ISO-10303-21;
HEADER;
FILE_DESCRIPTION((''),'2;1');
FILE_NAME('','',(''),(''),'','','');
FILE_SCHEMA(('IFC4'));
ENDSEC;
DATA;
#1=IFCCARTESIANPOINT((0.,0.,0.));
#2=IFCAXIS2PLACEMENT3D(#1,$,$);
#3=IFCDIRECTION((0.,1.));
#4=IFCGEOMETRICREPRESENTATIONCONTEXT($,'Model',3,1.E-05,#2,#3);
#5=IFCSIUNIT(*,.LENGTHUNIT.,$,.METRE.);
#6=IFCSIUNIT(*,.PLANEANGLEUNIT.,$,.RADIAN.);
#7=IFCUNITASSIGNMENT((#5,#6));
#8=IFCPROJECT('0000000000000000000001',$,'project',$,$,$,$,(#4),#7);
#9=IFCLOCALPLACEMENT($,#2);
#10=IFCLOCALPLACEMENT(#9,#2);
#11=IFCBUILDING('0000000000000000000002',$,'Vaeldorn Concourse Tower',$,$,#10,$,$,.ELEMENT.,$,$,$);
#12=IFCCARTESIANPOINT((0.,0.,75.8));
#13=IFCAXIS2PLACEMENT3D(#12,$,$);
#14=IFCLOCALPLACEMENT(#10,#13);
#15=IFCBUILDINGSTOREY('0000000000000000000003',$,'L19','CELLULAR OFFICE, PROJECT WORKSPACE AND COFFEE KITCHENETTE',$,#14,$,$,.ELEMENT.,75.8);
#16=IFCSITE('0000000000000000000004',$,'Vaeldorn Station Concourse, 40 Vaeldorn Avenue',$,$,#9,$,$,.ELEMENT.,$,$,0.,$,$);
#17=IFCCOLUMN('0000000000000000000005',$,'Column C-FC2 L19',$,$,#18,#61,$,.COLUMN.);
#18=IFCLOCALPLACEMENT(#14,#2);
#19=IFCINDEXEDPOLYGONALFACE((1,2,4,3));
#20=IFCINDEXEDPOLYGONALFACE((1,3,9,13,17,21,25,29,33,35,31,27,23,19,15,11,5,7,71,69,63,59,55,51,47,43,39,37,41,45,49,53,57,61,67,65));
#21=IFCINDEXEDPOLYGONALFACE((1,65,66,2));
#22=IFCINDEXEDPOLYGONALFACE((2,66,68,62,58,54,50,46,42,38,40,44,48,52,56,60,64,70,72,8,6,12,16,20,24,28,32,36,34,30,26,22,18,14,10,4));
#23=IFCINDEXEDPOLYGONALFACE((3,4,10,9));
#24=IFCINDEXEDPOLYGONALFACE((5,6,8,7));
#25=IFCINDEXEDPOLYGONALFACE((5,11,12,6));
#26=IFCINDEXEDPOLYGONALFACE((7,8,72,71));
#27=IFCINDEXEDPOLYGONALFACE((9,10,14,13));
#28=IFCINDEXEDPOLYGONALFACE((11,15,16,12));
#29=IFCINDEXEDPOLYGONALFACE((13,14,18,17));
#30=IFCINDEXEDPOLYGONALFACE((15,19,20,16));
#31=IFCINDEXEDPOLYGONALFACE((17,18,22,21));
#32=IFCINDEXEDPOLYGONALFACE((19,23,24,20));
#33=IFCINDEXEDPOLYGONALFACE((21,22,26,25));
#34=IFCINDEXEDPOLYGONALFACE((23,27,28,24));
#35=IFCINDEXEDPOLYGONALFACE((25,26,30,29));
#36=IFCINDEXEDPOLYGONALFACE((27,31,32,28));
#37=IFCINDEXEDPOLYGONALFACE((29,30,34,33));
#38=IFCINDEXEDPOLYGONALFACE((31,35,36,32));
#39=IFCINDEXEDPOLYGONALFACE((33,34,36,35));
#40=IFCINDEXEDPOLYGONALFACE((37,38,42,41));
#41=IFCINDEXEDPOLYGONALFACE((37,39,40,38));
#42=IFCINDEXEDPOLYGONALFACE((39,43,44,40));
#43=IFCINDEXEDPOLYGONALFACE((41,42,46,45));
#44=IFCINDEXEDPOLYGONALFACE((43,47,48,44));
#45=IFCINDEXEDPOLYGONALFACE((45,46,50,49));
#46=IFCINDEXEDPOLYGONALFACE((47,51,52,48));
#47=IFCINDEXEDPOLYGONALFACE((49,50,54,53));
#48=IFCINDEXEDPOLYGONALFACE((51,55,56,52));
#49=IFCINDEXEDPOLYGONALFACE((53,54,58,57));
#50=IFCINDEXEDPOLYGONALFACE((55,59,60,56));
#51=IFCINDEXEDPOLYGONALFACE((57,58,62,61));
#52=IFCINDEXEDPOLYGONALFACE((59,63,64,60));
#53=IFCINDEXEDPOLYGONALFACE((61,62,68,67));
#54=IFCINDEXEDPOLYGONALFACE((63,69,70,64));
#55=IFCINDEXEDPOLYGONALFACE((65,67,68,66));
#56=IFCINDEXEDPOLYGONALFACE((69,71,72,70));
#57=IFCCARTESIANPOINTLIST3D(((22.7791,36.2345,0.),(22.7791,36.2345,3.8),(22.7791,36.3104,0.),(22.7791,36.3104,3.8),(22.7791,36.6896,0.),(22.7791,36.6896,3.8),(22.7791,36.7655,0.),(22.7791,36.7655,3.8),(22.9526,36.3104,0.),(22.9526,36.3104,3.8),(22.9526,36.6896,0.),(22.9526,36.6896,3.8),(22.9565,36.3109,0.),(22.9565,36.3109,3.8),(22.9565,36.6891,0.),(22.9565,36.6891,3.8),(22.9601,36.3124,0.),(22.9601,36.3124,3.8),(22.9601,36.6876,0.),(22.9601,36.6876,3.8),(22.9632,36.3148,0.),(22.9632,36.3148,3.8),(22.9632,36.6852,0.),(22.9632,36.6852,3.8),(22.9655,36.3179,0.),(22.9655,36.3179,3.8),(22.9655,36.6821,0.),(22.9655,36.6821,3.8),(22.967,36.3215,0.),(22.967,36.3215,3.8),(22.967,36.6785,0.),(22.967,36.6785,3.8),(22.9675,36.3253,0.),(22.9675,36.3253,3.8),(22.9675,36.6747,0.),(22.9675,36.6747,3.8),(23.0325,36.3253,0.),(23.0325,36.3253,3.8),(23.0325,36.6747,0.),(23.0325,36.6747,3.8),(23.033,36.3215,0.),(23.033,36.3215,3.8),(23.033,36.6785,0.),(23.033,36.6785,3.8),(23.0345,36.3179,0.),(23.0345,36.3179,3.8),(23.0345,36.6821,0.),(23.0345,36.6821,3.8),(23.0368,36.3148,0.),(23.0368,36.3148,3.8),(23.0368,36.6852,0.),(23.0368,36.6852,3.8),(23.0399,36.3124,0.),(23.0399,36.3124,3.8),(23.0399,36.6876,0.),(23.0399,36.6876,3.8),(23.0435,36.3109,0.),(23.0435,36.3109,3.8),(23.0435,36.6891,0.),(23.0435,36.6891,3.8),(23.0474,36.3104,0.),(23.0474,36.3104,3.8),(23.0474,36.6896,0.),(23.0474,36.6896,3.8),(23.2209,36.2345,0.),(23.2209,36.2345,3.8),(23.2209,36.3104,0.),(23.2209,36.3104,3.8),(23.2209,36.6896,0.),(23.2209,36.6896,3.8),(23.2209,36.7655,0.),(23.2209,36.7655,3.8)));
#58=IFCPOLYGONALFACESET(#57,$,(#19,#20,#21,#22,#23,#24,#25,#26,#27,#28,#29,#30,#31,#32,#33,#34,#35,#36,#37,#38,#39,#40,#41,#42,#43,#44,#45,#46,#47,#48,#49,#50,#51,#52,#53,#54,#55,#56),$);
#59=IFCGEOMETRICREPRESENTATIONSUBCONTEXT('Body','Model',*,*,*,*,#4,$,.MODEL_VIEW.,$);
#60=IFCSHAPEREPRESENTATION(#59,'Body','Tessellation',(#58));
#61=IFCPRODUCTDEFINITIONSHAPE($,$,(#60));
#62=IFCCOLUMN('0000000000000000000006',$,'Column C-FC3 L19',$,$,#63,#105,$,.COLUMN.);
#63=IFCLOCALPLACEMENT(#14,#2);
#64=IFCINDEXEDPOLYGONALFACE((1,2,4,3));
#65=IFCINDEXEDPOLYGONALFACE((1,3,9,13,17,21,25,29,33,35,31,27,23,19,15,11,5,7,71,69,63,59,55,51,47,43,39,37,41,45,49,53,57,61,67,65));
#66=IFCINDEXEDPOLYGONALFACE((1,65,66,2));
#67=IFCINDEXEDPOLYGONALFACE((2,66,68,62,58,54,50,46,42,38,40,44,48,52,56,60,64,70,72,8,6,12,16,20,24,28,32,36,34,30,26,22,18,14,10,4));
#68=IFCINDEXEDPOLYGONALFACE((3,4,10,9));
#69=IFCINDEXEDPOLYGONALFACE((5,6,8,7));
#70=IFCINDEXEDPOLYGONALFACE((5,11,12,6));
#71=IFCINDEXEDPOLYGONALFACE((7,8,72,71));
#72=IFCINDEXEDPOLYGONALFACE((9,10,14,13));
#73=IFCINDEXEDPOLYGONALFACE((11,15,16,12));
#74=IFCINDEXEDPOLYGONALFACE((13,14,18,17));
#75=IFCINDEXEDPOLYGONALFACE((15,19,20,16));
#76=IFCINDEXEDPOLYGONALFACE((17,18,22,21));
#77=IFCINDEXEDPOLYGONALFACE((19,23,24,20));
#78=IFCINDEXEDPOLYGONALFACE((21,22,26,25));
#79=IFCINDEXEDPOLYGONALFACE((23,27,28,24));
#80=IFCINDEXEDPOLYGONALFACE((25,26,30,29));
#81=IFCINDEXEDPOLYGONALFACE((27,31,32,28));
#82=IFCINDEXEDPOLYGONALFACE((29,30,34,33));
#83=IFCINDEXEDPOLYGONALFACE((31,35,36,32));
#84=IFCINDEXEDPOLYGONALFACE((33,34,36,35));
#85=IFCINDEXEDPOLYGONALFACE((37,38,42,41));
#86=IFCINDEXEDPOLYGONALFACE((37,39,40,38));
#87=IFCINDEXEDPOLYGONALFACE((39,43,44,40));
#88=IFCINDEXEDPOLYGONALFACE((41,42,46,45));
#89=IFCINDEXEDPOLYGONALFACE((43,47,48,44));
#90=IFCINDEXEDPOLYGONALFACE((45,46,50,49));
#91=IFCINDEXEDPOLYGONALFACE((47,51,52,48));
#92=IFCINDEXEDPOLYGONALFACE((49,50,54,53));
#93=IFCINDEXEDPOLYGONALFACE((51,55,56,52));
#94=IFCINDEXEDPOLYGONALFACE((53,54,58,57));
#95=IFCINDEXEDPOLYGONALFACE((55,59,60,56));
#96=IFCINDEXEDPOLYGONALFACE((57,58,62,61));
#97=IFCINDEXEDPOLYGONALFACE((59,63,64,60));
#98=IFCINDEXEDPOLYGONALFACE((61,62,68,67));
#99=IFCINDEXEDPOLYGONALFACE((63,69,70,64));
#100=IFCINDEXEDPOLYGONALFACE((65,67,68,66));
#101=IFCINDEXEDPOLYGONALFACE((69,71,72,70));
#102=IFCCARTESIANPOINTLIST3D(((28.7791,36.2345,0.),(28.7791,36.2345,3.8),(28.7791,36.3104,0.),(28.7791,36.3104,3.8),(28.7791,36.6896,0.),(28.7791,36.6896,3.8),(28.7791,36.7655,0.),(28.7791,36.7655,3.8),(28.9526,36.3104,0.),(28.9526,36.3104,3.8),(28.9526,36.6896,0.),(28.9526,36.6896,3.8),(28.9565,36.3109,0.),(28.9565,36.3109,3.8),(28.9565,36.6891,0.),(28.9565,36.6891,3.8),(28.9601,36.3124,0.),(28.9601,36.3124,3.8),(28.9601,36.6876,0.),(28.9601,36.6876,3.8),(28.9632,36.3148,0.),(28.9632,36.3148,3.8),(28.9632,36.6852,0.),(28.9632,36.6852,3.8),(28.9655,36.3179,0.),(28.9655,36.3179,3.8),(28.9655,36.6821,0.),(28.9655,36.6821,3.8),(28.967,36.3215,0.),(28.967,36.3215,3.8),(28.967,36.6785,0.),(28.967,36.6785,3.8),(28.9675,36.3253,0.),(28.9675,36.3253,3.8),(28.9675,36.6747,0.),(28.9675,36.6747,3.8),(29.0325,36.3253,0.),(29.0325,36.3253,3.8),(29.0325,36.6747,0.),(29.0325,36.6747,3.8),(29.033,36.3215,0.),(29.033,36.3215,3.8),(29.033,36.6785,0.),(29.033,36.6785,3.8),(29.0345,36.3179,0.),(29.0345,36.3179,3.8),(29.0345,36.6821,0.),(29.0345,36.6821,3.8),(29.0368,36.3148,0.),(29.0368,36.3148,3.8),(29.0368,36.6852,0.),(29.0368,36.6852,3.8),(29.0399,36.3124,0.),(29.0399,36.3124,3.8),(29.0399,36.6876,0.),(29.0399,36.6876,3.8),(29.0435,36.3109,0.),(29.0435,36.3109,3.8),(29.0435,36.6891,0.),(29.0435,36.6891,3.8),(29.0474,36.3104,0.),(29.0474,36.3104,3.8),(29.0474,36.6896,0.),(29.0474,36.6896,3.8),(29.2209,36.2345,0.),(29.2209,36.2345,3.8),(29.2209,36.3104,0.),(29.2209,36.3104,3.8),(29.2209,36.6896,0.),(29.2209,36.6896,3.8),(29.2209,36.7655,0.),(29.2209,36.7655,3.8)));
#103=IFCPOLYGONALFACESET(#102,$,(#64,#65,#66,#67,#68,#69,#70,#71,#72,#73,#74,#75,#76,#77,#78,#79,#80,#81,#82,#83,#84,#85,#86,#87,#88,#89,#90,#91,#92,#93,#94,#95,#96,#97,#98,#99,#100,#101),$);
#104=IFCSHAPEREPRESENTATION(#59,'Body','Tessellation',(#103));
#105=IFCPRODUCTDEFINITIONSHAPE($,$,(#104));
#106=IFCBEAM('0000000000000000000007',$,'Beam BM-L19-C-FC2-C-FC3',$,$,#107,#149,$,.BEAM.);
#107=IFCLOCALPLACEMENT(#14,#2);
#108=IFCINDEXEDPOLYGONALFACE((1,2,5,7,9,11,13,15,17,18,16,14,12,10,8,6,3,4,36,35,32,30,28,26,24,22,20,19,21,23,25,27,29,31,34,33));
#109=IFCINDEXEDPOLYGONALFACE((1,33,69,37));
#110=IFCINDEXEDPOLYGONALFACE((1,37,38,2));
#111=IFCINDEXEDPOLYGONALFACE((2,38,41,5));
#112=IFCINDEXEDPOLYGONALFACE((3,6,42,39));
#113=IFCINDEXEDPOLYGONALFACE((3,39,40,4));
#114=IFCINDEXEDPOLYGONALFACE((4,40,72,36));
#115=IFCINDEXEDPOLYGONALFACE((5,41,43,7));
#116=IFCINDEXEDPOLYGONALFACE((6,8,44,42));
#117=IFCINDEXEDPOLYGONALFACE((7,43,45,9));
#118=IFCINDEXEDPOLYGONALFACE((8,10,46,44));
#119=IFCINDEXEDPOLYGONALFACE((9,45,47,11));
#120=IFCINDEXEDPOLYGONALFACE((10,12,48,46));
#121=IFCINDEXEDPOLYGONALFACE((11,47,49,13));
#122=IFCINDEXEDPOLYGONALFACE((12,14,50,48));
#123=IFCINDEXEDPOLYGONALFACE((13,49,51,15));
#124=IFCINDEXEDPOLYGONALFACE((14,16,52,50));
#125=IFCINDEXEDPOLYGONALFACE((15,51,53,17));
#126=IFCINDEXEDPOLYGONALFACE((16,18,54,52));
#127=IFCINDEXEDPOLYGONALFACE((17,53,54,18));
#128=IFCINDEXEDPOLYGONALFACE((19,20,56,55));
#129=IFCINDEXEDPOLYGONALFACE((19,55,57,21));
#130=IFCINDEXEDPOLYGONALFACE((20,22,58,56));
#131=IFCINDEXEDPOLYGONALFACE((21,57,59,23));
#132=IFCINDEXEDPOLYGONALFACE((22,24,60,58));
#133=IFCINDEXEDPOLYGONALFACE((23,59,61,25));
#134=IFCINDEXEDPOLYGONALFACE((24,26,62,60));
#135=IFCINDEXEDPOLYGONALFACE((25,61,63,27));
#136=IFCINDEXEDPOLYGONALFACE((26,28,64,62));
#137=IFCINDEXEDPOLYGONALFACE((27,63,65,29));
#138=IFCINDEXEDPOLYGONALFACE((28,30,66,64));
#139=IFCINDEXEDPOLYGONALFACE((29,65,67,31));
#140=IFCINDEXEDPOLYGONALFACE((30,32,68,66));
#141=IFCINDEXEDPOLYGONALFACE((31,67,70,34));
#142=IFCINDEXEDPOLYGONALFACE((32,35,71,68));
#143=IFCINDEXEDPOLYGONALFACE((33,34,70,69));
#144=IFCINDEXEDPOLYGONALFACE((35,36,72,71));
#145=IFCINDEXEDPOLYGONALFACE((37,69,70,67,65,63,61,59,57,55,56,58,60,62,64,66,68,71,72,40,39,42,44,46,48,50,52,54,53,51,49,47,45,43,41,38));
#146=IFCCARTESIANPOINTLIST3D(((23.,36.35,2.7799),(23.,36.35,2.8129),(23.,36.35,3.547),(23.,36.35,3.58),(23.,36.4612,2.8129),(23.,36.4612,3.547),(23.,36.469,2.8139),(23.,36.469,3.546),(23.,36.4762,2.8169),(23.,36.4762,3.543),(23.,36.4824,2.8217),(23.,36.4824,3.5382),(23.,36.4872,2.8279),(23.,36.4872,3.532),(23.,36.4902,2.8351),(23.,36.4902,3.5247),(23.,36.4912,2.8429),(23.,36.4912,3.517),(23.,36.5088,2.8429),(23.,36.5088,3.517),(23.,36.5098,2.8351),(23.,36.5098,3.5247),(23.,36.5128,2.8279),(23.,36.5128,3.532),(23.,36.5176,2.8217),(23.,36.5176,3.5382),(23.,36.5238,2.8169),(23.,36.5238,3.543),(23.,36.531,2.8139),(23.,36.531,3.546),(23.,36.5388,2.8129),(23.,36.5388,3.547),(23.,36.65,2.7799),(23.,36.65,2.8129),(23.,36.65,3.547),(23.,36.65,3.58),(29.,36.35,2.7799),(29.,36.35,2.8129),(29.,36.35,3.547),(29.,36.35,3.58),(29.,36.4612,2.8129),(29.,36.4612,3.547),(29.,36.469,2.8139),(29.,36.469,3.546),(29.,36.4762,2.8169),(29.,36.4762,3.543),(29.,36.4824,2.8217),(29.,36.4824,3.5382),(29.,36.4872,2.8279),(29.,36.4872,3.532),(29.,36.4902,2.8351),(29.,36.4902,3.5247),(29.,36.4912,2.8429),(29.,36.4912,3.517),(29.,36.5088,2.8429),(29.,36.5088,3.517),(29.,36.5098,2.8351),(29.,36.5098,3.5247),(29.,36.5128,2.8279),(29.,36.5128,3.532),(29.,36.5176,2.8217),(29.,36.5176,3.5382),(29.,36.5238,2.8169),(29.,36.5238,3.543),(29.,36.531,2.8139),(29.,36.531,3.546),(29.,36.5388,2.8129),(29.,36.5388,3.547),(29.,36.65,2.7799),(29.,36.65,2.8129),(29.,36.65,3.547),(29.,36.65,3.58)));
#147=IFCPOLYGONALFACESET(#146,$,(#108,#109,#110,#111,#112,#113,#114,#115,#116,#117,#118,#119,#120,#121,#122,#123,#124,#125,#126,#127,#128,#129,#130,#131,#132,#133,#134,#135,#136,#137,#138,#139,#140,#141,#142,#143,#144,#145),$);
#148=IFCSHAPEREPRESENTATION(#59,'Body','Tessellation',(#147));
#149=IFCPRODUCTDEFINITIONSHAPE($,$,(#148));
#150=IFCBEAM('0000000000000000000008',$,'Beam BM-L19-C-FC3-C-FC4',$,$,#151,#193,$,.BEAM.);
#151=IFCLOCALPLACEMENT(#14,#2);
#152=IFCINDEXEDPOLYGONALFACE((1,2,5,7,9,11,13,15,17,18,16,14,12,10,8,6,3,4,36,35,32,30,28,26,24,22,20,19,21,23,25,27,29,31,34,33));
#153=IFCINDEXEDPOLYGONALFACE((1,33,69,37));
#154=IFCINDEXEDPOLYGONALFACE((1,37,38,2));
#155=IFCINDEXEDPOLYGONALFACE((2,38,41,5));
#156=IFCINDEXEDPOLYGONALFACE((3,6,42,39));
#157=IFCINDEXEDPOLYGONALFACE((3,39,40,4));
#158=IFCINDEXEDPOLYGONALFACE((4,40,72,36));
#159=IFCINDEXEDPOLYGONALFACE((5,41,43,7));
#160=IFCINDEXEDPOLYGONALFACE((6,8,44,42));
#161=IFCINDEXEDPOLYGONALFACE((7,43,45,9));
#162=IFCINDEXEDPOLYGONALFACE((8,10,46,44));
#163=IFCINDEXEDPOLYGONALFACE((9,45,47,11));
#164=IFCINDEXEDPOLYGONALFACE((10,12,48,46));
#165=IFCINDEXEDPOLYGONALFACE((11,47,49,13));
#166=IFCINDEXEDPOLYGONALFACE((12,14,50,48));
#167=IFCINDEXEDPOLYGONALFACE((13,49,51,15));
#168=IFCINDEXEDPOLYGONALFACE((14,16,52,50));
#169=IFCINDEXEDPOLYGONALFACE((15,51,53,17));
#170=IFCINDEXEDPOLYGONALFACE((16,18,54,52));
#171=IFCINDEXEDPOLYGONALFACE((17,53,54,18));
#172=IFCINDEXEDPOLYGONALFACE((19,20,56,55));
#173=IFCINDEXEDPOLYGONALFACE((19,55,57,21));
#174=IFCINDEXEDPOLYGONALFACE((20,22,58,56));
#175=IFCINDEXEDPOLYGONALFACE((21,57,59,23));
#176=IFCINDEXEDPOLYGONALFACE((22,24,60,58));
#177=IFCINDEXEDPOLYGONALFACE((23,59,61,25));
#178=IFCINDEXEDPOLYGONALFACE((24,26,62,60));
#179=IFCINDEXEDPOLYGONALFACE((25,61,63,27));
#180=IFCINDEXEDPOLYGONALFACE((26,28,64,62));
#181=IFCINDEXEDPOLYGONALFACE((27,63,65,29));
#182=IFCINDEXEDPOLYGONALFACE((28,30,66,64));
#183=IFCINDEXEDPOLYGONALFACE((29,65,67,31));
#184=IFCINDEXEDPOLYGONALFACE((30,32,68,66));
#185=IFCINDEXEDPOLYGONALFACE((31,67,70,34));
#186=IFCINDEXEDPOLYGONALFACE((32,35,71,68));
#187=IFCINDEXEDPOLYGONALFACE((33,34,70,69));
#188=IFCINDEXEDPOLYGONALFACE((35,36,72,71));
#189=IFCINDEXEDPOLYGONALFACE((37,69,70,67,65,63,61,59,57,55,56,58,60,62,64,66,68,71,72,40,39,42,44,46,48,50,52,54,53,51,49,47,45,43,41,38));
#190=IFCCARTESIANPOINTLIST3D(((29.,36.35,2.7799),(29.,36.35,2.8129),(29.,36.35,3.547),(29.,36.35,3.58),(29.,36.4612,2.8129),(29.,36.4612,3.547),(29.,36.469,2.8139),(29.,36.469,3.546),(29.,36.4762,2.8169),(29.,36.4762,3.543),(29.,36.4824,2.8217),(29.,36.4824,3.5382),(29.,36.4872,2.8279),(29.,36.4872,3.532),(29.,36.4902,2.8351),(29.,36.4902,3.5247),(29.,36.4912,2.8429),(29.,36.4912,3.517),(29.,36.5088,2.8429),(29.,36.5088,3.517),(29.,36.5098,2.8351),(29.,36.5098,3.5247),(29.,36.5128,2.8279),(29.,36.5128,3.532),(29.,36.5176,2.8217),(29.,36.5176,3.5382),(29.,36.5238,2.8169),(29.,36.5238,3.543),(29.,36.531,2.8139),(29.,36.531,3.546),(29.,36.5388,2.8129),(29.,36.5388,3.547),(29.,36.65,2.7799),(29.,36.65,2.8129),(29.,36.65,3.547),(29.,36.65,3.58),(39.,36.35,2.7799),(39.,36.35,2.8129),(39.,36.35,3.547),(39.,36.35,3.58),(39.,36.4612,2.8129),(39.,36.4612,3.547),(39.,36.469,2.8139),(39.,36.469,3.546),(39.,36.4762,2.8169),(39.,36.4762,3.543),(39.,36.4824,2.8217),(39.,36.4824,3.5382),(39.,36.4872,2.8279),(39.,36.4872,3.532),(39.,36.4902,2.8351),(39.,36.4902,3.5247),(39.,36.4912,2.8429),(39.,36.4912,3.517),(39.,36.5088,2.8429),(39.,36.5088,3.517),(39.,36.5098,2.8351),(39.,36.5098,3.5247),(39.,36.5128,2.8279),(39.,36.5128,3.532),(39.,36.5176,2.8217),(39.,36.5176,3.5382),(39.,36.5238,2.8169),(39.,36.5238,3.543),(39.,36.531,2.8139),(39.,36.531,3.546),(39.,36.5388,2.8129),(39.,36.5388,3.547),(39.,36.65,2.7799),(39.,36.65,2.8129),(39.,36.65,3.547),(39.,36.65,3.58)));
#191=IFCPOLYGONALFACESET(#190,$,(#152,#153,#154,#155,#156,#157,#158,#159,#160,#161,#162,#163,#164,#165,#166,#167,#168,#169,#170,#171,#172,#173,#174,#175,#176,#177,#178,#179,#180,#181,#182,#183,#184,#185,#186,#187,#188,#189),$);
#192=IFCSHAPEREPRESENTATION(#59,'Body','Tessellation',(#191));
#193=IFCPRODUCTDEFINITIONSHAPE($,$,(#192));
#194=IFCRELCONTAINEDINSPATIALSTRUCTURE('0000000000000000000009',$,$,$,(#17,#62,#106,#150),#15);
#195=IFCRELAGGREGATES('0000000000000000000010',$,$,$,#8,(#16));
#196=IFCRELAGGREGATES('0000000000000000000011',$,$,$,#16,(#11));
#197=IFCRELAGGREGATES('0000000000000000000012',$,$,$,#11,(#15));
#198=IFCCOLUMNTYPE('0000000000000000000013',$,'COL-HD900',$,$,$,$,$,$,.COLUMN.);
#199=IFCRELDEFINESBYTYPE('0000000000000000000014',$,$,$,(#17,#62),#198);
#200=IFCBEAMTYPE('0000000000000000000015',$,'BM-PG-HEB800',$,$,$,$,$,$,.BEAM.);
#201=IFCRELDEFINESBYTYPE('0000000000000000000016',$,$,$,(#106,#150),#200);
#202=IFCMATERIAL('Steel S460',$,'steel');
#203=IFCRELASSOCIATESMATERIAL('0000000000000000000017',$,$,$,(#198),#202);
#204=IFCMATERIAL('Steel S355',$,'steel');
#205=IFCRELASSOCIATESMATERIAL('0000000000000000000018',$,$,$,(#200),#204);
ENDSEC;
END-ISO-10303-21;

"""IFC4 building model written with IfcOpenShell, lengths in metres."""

from ifc_helpers import new_model, si_unit, direction, frame, origin, origin_2d, place, context, subcontext, project, spatial, i_section, extrude, source, transform, mapped, material, material_profile, profile_set, type_object, element, save


model = new_model("IFC4")

# Units and contexts
model_context = context("Model", 3, precision=1e-05, world=origin(), true_north=direction((0.0, 1.0)))
body_context = subcontext(model_context, "Body", "Model", "MODEL_VIEW")
ifc_project = project(units=[si_unit("LENGTHUNIT", "METRE"), si_unit("PLANEANGLEUNIT", "RADIAN")], contexts=[model_context])

# Site, building, storey
site_placement = place(None, origin())
site = spatial("IfcSite", under=ifc_project, at=site_placement, Name="Vaeldorn Station Concourse, 40 Vaeldorn Avenue", CompositionType="ELEMENT", RefElevation=0.0)
building_placement = place(site_placement, origin())
building = spatial("IfcBuilding", under=site, at=building_placement, Name="Vaeldorn Concourse Tower", CompositionType="ELEMENT")
storey_placement = place(building_placement, frame((0.0, 0.0, 75.8)))
storey = spatial("IfcBuildingStorey", under=building, at=storey_placement, Name="L19", Description="CELLULAR OFFICE, PROJECT WORKSPACE AND COFFEE KITCHENETTE", CompositionType="ELEMENT", Elevation=75.8)

# Columns
ifc_material_1 = material(Name="Steel S460", Category="steel")
ifc_material_profile_1 = material_profile(ifc_material_1, i_section(OverallWidth=0.4419, OverallDepth=0.531, WebThickness=0.0649, FlangeThickness=0.0759, FilletRadius=0.0149, at=origin_2d()), Name="HD 400x900")
ifc_profile_set_1 = profile_set([ifc_material_profile_1], Name="Steel S460")
column_type = type_object("IfcColumnType", Name="COL-HD900", PredefinedType="COLUMN", material=ifc_profile_set_1)
shared_shape_1 = source(origin(), body_context, "Body", "SweptSolid", [
    extrude(i_section(OverallWidth=0.4419, OverallDepth=0.531, WebThickness=0.0649, FlangeThickness=0.0759, FilletRadius=0.0149, at=origin_2d()), origin(), (0.0, 0.0, 1.0), 3.8),
])
for number, where, z_axis, x_axis, name in (
    (1, (23.0, 36.5, 0.0), (0.0, 0.0, 1.0), (1.0, 0.0, 0.0), "Column C-FC2 L19"),
    (2, (29.0, 36.5, 0.0), (0.0, 0.0, 1.0), (1.0, 0.0, 0.0), "Column C-FC3 L19"),
):
    element("IfcColumn", number, at=place(storey_placement, frame(where, z_axis=z_axis, x_axis=x_axis)), inside=storey, type_object=column_type, Name=name, PredefinedType="COLUMN", context=body_context, shape_type="MappedRepresentation", body=[
        mapped(shared_shape_1, transform((0.0, 0.0, 0.0), scale=1.0)),
    ])

# Beams
ifc_material_2 = material(Name="Steel S355", Category="steel")
ifc_material_profile_2 = material_profile(ifc_material_2, i_section(OverallWidth=0.3, OverallDepth=0.8, WebThickness=0.0176, FlangeThickness=0.033, FilletRadius=0.03, at=origin_2d()), Name="HEB 800")
ifc_profile_set_2 = profile_set([ifc_material_profile_2], Name="Steel S355")
beam_type_1 = type_object("IfcBeamType", Name="BM-PG-HEB800", PredefinedType="BEAM", material=ifc_profile_set_2)
shared_shape_2 = source(origin(), body_context, "Body", "SweptSolid", [
    extrude(i_section(OverallWidth=0.3, OverallDepth=0.8, WebThickness=0.0176, FlangeThickness=0.033, FilletRadius=0.03, at=origin_2d()), origin(), (0.0, 0.0, 1.0), 6.0),
])
beam_1_placement = place(storey_placement, frame((23.0, 36.5, 3.1799), z_axis=(1.0, 0.0, 0.0), x_axis=(0.0, 1.0, 0.0)))
element("IfcBeam", 3, at=beam_1_placement, inside=storey, type_object=beam_type_1, Name="Beam BM-L19-C-FC2-C-FC3", PredefinedType="BEAM", context=body_context, shape_type="MappedRepresentation", body=[
    mapped(shared_shape_2, transform((0.0, 0.0, 0.0), scale=1.0)),
])
shared_shape_3 = source(origin(), body_context, "Body", "SweptSolid", [
    extrude(i_section(OverallWidth=0.3, OverallDepth=0.8, WebThickness=0.0176, FlangeThickness=0.033, FilletRadius=0.03, at=origin_2d()), origin(), (0.0, 0.0, 1.0), 10.0),
])
beam_2_placement = place(storey_placement, frame((29.0, 36.5, 3.1799), z_axis=(1.0, 0.0, 0.0), x_axis=(0.0, 1.0, 0.0)))
element("IfcBeam", 4, at=beam_2_placement, inside=storey, type_object=beam_type_1, Name="Beam BM-L19-C-FC3-C-FC4", PredefinedType="BEAM", context=body_context, shape_type="MappedRepresentation", body=[
    mapped(shared_shape_3, transform((0.0, 0.0, 0.0), scale=1.0)),
])

save(model, "model.ifc")
